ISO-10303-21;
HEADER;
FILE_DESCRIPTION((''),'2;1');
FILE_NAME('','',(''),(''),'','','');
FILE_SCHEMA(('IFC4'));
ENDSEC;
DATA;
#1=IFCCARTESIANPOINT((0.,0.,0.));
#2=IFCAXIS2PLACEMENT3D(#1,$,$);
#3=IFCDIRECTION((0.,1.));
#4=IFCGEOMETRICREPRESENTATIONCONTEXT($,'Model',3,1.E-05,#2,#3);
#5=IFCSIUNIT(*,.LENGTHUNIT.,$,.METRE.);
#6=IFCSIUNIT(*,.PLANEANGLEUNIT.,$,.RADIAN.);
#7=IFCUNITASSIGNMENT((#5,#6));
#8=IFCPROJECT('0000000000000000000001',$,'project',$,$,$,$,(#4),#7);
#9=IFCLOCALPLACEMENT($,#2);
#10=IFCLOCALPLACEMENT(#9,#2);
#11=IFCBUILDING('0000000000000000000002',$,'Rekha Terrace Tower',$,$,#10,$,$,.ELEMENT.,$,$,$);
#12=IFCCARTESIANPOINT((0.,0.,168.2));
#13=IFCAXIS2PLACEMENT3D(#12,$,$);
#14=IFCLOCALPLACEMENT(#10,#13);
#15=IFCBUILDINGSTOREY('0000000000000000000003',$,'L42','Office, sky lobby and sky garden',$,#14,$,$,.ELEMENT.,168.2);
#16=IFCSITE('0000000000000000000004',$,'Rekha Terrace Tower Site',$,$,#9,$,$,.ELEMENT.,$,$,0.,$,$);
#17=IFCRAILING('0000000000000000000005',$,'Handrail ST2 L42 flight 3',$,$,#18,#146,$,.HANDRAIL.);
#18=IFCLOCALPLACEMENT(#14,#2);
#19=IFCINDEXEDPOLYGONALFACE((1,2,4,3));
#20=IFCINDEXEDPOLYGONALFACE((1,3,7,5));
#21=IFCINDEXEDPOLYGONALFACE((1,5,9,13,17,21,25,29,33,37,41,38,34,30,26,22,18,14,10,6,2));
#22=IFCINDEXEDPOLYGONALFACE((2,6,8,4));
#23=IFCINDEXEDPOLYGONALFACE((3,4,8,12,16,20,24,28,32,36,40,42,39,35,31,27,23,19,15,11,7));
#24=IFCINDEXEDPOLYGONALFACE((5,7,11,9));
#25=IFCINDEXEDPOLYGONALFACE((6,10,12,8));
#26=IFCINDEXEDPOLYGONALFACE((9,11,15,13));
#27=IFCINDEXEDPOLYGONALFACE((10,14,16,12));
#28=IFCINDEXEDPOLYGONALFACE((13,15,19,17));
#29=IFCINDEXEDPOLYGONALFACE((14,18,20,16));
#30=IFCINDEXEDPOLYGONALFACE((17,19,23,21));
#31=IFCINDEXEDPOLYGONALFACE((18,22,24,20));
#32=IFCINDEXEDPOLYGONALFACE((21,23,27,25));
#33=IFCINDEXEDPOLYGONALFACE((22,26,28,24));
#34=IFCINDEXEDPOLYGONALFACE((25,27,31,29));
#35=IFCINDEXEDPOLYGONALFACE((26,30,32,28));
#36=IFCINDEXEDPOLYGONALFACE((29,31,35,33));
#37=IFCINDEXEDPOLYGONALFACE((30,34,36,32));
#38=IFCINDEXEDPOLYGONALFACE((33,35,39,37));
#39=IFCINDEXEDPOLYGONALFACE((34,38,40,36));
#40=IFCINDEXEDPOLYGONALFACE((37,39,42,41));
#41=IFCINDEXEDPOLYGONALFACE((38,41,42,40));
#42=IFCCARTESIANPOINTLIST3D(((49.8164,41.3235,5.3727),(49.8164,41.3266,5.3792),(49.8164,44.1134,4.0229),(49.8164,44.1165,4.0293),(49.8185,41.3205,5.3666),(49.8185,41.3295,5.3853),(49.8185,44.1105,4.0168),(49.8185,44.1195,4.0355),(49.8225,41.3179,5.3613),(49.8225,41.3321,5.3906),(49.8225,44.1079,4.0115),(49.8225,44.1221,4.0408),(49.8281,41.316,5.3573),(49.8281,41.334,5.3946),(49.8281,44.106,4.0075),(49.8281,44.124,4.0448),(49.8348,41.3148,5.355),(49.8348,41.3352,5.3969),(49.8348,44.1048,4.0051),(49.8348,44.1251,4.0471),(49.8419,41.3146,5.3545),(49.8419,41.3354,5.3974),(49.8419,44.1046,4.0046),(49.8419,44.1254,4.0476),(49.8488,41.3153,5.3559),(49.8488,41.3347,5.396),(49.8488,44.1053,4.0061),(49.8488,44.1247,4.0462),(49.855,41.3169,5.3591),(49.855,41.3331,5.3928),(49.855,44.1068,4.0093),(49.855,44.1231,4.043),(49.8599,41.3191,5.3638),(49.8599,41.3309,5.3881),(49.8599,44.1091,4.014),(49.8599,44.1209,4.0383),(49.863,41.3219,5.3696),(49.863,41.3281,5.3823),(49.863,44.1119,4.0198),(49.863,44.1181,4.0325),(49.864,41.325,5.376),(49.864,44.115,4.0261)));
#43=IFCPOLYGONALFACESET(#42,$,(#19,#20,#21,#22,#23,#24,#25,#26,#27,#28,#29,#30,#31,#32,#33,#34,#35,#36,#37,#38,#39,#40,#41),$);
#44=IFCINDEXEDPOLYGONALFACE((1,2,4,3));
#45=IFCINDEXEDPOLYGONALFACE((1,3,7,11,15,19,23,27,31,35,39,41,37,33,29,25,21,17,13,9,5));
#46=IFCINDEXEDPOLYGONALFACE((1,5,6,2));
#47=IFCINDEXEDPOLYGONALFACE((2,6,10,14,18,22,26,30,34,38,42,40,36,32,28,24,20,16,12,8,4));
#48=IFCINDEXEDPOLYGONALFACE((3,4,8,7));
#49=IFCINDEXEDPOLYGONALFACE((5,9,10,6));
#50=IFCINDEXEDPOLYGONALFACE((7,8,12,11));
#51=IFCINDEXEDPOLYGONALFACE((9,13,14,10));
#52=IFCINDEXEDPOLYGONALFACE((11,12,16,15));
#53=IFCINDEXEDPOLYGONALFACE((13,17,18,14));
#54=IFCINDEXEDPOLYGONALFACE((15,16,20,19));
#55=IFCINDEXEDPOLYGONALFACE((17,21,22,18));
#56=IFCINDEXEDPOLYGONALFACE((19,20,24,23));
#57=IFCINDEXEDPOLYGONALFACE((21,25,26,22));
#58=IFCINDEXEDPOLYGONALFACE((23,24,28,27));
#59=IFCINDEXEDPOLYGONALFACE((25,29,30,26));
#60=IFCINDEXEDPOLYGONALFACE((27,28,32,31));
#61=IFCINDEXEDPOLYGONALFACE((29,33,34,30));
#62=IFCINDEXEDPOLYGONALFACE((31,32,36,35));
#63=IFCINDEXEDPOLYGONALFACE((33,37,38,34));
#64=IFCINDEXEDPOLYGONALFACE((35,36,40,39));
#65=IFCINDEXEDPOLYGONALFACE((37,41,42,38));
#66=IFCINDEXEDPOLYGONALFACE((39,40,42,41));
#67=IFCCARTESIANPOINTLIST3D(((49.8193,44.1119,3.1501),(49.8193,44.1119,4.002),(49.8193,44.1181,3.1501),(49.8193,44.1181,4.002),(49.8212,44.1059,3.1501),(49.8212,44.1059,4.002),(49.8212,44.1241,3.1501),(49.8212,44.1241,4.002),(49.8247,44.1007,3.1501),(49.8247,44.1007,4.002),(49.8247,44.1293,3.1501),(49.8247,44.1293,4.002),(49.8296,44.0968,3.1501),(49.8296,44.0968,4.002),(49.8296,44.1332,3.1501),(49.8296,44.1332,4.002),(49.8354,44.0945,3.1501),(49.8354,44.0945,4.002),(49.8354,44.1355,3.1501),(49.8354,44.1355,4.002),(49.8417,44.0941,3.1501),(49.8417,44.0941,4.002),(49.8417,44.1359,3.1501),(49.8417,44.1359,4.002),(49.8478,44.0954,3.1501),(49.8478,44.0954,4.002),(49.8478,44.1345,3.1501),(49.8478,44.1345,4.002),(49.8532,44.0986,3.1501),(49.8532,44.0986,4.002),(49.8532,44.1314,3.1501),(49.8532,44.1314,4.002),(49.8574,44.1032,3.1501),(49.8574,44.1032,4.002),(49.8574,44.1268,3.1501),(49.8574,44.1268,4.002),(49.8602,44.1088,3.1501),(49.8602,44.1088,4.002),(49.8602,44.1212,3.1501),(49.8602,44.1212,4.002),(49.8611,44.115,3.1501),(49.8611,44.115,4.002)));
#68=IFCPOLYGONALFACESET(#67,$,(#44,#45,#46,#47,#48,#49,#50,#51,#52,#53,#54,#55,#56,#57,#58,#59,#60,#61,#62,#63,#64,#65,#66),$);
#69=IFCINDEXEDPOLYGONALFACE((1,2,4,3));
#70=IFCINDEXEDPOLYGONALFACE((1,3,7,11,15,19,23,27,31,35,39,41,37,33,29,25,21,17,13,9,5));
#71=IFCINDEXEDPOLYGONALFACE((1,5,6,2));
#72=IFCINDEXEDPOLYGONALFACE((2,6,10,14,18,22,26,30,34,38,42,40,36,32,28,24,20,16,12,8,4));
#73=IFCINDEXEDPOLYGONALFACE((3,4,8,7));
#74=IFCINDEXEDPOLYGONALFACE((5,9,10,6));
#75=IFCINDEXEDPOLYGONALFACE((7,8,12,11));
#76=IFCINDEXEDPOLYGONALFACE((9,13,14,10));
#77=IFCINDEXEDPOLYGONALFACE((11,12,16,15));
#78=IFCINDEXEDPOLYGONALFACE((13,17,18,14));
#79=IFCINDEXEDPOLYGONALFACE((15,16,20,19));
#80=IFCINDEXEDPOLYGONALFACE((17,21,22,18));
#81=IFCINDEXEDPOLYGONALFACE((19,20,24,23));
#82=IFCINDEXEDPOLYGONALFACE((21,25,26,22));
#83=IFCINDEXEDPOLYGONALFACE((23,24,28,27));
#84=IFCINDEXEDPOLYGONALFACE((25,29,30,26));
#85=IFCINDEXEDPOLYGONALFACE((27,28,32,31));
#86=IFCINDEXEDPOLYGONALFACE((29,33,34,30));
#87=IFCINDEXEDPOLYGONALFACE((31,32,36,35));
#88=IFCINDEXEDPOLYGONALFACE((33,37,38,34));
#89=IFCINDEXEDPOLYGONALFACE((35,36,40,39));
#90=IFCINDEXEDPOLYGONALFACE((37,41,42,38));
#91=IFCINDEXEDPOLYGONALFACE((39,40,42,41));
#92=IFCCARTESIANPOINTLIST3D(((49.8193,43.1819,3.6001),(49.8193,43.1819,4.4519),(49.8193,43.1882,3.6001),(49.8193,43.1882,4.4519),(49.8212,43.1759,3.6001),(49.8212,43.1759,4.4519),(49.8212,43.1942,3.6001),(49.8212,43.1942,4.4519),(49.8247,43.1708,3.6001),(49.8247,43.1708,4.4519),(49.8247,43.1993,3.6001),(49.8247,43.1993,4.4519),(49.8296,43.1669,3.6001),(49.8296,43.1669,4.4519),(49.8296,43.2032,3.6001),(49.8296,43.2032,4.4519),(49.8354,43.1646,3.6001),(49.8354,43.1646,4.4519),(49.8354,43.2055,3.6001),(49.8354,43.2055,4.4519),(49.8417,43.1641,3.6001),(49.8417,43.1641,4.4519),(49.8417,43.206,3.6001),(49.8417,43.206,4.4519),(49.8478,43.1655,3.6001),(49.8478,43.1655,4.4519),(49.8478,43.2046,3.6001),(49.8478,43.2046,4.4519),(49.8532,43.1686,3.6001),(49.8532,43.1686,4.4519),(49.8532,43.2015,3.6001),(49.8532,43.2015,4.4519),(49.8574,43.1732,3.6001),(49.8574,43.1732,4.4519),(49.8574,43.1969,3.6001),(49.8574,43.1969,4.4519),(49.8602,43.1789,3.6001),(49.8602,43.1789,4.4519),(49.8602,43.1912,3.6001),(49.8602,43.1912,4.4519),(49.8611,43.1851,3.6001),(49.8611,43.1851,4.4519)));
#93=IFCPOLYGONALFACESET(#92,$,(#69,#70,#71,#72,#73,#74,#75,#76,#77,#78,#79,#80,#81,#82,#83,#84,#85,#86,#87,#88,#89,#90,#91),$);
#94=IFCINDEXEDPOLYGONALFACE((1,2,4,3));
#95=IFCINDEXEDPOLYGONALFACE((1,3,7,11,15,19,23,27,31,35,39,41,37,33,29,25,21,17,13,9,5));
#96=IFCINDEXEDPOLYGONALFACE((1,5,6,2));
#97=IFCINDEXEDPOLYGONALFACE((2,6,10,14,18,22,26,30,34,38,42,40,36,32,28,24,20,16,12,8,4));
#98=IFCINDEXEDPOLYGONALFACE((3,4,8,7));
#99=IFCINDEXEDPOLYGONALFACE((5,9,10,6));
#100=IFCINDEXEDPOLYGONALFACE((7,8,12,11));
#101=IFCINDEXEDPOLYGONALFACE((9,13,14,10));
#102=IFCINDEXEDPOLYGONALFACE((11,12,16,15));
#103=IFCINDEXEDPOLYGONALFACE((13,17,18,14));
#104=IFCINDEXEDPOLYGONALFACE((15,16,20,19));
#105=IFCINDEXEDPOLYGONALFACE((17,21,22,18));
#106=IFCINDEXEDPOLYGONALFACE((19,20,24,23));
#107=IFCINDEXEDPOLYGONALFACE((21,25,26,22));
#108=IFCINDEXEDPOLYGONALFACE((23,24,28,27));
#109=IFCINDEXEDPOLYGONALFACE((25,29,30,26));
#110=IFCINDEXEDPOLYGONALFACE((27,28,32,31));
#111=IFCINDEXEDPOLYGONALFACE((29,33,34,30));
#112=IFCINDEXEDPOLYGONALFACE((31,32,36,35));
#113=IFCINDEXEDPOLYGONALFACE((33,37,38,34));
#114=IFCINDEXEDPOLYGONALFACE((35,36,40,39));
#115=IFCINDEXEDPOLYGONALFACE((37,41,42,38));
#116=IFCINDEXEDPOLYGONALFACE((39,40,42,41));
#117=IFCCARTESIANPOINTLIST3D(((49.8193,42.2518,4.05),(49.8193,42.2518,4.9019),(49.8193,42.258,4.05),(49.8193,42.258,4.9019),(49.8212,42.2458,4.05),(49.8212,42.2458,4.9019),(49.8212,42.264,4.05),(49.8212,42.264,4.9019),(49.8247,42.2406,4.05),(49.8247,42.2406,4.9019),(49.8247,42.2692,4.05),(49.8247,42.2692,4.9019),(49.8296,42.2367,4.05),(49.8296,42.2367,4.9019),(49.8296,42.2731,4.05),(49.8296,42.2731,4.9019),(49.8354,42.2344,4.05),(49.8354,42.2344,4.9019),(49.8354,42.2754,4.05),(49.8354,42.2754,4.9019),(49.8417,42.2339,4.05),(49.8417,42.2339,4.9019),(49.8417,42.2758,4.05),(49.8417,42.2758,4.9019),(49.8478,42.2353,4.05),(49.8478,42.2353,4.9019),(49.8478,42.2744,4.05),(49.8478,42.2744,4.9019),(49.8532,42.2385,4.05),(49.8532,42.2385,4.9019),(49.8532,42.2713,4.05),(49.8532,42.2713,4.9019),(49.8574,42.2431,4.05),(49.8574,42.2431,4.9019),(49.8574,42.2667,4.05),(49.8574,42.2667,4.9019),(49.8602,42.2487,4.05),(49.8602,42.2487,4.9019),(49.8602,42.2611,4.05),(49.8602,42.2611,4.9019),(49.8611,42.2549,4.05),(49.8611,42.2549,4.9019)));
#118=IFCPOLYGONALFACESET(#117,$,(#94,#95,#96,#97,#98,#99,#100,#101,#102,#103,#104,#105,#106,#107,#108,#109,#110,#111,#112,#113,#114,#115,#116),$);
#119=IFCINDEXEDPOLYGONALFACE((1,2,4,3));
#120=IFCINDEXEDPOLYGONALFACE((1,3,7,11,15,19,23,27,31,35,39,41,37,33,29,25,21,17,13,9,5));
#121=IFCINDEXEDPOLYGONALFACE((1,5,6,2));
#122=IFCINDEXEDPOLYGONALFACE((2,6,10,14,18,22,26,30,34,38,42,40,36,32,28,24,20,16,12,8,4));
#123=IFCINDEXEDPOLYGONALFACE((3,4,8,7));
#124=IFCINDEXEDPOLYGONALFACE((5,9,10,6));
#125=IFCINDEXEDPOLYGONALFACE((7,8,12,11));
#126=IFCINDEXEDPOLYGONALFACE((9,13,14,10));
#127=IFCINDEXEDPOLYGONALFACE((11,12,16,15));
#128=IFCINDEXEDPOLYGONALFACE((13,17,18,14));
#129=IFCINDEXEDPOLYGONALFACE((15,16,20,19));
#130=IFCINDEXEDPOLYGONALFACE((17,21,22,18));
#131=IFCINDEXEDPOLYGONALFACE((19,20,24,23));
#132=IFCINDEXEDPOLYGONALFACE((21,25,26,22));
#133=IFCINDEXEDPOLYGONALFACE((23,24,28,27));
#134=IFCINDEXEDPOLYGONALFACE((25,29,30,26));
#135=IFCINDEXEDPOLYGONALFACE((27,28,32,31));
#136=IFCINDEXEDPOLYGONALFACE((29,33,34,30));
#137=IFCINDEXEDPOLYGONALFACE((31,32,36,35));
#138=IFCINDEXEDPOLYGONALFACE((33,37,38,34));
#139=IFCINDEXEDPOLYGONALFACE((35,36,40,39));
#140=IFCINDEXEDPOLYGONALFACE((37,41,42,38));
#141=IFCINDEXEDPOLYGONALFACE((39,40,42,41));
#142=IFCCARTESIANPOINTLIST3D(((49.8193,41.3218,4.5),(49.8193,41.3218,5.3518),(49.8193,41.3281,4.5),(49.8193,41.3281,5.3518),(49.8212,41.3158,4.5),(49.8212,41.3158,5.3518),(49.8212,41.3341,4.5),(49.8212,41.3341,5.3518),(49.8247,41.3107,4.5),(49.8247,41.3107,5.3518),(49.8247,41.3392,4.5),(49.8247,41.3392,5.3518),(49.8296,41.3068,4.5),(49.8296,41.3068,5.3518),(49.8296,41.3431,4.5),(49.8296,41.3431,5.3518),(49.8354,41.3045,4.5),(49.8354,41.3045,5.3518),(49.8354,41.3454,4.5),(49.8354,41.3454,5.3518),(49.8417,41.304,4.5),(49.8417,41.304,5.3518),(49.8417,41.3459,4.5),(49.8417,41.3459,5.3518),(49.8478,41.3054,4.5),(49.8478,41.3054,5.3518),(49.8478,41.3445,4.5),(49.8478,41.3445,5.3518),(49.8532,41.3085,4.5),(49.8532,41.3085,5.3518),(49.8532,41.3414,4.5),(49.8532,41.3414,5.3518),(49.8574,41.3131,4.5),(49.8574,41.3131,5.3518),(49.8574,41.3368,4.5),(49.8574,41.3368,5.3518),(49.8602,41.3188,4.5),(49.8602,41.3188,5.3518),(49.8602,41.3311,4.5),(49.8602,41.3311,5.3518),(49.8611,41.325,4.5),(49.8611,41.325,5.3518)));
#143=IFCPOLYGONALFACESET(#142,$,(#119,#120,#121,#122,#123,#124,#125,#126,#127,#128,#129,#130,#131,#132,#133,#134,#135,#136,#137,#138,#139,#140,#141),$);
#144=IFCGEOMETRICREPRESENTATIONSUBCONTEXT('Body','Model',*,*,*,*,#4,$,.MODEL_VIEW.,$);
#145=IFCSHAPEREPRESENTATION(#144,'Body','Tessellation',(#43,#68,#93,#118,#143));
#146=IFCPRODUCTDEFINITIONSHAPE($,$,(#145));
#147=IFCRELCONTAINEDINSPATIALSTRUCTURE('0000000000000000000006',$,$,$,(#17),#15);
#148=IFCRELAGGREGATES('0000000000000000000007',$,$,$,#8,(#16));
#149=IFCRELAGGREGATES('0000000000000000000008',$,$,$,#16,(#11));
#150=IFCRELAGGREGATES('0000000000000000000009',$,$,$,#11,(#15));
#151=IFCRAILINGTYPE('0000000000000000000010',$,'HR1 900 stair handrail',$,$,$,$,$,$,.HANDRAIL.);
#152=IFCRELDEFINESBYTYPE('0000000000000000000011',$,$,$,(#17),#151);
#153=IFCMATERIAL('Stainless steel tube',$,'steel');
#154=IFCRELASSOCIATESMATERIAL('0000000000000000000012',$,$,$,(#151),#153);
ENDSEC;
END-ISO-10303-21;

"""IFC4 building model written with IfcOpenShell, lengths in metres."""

from ifc_helpers import new_model, si_unit, direction, frame, origin, origin_2d, place, context, subcontext, project, spatial, circle, extrude, material, type_object, element, save


model = new_model("IFC4")

# Units and contexts
model_context = context("Model", 3, precision=1e-05, world=origin(), true_north=direction((0.0, 1.0)))
body_context = subcontext(model_context, "Body", "Model", "MODEL_VIEW")
ifc_project = project(units=[si_unit("LENGTHUNIT", "METRE"), si_unit("PLANEANGLEUNIT", "RADIAN")], contexts=[model_context])

# Site, building, storey
site_placement = place(None, origin())
site = spatial("IfcSite", under=ifc_project, at=site_placement, Name="Rekha Terrace Tower Site", CompositionType="ELEMENT", RefElevation=0.0)
building_placement = place(site_placement, origin())
building = spatial("IfcBuilding", under=site, at=building_placement, Name="Rekha Terrace Tower", CompositionType="ELEMENT")
storey_placement = place(building_placement, frame((0.0, 0.0, 168.2)))
storey = spatial("IfcBuildingStorey", under=building, at=storey_placement, Name="L42", Description="Office, sky lobby and sky garden", CompositionType="ELEMENT", Elevation=168.2)

# Railing
ifc_material_1 = material(Name="Stainless steel tube", Category="steel")
railing_type_1 = type_object("IfcRailingType", Name="HR1 900 stair handrail", PredefinedType="HANDRAIL", material=ifc_material_1)
railing_1_placement = place(storey_placement, frame((49.8401, 44.115, 3.1501)))
element("IfcRailing", 1, at=railing_1_placement, inside=storey, type_object=railing_type_1, Name="Handrail ST2 L42 flight 3", PredefinedType="HANDRAIL", context=body_context, shape_type="SweptSolid", body=[
    extrude(circle(Radius=0.0239, at=origin_2d()), frame((0.0, 0.0, 0.876), z_axis=(0.0, -0.90018, 0.435518), x_axis=(1.0, 0.0, 0.0)), (0.0, 0.0, 1.0), 3.0994),
    extrude(circle(Radius=0.021, at=origin_2d()), origin(), (0.0, 0.0, 1.0), 0.8518),
    extrude(circle(Radius=0.021, at=origin_2d()), frame((0.0, -0.9299, 0.45)), (0.0, 0.0, 1.0), 0.8518),
    extrude(circle(Radius=0.021, at=origin_2d()), frame((0.0, -1.8601, 0.8999)), (0.0, 0.0, 1.0), 0.8518),
    extrude(circle(Radius=0.021, at=origin_2d()), frame((0.0, -2.79, 1.3499)), (0.0, 0.0, 1.0), 0.8518),
])

save(model, "model.ifc")
